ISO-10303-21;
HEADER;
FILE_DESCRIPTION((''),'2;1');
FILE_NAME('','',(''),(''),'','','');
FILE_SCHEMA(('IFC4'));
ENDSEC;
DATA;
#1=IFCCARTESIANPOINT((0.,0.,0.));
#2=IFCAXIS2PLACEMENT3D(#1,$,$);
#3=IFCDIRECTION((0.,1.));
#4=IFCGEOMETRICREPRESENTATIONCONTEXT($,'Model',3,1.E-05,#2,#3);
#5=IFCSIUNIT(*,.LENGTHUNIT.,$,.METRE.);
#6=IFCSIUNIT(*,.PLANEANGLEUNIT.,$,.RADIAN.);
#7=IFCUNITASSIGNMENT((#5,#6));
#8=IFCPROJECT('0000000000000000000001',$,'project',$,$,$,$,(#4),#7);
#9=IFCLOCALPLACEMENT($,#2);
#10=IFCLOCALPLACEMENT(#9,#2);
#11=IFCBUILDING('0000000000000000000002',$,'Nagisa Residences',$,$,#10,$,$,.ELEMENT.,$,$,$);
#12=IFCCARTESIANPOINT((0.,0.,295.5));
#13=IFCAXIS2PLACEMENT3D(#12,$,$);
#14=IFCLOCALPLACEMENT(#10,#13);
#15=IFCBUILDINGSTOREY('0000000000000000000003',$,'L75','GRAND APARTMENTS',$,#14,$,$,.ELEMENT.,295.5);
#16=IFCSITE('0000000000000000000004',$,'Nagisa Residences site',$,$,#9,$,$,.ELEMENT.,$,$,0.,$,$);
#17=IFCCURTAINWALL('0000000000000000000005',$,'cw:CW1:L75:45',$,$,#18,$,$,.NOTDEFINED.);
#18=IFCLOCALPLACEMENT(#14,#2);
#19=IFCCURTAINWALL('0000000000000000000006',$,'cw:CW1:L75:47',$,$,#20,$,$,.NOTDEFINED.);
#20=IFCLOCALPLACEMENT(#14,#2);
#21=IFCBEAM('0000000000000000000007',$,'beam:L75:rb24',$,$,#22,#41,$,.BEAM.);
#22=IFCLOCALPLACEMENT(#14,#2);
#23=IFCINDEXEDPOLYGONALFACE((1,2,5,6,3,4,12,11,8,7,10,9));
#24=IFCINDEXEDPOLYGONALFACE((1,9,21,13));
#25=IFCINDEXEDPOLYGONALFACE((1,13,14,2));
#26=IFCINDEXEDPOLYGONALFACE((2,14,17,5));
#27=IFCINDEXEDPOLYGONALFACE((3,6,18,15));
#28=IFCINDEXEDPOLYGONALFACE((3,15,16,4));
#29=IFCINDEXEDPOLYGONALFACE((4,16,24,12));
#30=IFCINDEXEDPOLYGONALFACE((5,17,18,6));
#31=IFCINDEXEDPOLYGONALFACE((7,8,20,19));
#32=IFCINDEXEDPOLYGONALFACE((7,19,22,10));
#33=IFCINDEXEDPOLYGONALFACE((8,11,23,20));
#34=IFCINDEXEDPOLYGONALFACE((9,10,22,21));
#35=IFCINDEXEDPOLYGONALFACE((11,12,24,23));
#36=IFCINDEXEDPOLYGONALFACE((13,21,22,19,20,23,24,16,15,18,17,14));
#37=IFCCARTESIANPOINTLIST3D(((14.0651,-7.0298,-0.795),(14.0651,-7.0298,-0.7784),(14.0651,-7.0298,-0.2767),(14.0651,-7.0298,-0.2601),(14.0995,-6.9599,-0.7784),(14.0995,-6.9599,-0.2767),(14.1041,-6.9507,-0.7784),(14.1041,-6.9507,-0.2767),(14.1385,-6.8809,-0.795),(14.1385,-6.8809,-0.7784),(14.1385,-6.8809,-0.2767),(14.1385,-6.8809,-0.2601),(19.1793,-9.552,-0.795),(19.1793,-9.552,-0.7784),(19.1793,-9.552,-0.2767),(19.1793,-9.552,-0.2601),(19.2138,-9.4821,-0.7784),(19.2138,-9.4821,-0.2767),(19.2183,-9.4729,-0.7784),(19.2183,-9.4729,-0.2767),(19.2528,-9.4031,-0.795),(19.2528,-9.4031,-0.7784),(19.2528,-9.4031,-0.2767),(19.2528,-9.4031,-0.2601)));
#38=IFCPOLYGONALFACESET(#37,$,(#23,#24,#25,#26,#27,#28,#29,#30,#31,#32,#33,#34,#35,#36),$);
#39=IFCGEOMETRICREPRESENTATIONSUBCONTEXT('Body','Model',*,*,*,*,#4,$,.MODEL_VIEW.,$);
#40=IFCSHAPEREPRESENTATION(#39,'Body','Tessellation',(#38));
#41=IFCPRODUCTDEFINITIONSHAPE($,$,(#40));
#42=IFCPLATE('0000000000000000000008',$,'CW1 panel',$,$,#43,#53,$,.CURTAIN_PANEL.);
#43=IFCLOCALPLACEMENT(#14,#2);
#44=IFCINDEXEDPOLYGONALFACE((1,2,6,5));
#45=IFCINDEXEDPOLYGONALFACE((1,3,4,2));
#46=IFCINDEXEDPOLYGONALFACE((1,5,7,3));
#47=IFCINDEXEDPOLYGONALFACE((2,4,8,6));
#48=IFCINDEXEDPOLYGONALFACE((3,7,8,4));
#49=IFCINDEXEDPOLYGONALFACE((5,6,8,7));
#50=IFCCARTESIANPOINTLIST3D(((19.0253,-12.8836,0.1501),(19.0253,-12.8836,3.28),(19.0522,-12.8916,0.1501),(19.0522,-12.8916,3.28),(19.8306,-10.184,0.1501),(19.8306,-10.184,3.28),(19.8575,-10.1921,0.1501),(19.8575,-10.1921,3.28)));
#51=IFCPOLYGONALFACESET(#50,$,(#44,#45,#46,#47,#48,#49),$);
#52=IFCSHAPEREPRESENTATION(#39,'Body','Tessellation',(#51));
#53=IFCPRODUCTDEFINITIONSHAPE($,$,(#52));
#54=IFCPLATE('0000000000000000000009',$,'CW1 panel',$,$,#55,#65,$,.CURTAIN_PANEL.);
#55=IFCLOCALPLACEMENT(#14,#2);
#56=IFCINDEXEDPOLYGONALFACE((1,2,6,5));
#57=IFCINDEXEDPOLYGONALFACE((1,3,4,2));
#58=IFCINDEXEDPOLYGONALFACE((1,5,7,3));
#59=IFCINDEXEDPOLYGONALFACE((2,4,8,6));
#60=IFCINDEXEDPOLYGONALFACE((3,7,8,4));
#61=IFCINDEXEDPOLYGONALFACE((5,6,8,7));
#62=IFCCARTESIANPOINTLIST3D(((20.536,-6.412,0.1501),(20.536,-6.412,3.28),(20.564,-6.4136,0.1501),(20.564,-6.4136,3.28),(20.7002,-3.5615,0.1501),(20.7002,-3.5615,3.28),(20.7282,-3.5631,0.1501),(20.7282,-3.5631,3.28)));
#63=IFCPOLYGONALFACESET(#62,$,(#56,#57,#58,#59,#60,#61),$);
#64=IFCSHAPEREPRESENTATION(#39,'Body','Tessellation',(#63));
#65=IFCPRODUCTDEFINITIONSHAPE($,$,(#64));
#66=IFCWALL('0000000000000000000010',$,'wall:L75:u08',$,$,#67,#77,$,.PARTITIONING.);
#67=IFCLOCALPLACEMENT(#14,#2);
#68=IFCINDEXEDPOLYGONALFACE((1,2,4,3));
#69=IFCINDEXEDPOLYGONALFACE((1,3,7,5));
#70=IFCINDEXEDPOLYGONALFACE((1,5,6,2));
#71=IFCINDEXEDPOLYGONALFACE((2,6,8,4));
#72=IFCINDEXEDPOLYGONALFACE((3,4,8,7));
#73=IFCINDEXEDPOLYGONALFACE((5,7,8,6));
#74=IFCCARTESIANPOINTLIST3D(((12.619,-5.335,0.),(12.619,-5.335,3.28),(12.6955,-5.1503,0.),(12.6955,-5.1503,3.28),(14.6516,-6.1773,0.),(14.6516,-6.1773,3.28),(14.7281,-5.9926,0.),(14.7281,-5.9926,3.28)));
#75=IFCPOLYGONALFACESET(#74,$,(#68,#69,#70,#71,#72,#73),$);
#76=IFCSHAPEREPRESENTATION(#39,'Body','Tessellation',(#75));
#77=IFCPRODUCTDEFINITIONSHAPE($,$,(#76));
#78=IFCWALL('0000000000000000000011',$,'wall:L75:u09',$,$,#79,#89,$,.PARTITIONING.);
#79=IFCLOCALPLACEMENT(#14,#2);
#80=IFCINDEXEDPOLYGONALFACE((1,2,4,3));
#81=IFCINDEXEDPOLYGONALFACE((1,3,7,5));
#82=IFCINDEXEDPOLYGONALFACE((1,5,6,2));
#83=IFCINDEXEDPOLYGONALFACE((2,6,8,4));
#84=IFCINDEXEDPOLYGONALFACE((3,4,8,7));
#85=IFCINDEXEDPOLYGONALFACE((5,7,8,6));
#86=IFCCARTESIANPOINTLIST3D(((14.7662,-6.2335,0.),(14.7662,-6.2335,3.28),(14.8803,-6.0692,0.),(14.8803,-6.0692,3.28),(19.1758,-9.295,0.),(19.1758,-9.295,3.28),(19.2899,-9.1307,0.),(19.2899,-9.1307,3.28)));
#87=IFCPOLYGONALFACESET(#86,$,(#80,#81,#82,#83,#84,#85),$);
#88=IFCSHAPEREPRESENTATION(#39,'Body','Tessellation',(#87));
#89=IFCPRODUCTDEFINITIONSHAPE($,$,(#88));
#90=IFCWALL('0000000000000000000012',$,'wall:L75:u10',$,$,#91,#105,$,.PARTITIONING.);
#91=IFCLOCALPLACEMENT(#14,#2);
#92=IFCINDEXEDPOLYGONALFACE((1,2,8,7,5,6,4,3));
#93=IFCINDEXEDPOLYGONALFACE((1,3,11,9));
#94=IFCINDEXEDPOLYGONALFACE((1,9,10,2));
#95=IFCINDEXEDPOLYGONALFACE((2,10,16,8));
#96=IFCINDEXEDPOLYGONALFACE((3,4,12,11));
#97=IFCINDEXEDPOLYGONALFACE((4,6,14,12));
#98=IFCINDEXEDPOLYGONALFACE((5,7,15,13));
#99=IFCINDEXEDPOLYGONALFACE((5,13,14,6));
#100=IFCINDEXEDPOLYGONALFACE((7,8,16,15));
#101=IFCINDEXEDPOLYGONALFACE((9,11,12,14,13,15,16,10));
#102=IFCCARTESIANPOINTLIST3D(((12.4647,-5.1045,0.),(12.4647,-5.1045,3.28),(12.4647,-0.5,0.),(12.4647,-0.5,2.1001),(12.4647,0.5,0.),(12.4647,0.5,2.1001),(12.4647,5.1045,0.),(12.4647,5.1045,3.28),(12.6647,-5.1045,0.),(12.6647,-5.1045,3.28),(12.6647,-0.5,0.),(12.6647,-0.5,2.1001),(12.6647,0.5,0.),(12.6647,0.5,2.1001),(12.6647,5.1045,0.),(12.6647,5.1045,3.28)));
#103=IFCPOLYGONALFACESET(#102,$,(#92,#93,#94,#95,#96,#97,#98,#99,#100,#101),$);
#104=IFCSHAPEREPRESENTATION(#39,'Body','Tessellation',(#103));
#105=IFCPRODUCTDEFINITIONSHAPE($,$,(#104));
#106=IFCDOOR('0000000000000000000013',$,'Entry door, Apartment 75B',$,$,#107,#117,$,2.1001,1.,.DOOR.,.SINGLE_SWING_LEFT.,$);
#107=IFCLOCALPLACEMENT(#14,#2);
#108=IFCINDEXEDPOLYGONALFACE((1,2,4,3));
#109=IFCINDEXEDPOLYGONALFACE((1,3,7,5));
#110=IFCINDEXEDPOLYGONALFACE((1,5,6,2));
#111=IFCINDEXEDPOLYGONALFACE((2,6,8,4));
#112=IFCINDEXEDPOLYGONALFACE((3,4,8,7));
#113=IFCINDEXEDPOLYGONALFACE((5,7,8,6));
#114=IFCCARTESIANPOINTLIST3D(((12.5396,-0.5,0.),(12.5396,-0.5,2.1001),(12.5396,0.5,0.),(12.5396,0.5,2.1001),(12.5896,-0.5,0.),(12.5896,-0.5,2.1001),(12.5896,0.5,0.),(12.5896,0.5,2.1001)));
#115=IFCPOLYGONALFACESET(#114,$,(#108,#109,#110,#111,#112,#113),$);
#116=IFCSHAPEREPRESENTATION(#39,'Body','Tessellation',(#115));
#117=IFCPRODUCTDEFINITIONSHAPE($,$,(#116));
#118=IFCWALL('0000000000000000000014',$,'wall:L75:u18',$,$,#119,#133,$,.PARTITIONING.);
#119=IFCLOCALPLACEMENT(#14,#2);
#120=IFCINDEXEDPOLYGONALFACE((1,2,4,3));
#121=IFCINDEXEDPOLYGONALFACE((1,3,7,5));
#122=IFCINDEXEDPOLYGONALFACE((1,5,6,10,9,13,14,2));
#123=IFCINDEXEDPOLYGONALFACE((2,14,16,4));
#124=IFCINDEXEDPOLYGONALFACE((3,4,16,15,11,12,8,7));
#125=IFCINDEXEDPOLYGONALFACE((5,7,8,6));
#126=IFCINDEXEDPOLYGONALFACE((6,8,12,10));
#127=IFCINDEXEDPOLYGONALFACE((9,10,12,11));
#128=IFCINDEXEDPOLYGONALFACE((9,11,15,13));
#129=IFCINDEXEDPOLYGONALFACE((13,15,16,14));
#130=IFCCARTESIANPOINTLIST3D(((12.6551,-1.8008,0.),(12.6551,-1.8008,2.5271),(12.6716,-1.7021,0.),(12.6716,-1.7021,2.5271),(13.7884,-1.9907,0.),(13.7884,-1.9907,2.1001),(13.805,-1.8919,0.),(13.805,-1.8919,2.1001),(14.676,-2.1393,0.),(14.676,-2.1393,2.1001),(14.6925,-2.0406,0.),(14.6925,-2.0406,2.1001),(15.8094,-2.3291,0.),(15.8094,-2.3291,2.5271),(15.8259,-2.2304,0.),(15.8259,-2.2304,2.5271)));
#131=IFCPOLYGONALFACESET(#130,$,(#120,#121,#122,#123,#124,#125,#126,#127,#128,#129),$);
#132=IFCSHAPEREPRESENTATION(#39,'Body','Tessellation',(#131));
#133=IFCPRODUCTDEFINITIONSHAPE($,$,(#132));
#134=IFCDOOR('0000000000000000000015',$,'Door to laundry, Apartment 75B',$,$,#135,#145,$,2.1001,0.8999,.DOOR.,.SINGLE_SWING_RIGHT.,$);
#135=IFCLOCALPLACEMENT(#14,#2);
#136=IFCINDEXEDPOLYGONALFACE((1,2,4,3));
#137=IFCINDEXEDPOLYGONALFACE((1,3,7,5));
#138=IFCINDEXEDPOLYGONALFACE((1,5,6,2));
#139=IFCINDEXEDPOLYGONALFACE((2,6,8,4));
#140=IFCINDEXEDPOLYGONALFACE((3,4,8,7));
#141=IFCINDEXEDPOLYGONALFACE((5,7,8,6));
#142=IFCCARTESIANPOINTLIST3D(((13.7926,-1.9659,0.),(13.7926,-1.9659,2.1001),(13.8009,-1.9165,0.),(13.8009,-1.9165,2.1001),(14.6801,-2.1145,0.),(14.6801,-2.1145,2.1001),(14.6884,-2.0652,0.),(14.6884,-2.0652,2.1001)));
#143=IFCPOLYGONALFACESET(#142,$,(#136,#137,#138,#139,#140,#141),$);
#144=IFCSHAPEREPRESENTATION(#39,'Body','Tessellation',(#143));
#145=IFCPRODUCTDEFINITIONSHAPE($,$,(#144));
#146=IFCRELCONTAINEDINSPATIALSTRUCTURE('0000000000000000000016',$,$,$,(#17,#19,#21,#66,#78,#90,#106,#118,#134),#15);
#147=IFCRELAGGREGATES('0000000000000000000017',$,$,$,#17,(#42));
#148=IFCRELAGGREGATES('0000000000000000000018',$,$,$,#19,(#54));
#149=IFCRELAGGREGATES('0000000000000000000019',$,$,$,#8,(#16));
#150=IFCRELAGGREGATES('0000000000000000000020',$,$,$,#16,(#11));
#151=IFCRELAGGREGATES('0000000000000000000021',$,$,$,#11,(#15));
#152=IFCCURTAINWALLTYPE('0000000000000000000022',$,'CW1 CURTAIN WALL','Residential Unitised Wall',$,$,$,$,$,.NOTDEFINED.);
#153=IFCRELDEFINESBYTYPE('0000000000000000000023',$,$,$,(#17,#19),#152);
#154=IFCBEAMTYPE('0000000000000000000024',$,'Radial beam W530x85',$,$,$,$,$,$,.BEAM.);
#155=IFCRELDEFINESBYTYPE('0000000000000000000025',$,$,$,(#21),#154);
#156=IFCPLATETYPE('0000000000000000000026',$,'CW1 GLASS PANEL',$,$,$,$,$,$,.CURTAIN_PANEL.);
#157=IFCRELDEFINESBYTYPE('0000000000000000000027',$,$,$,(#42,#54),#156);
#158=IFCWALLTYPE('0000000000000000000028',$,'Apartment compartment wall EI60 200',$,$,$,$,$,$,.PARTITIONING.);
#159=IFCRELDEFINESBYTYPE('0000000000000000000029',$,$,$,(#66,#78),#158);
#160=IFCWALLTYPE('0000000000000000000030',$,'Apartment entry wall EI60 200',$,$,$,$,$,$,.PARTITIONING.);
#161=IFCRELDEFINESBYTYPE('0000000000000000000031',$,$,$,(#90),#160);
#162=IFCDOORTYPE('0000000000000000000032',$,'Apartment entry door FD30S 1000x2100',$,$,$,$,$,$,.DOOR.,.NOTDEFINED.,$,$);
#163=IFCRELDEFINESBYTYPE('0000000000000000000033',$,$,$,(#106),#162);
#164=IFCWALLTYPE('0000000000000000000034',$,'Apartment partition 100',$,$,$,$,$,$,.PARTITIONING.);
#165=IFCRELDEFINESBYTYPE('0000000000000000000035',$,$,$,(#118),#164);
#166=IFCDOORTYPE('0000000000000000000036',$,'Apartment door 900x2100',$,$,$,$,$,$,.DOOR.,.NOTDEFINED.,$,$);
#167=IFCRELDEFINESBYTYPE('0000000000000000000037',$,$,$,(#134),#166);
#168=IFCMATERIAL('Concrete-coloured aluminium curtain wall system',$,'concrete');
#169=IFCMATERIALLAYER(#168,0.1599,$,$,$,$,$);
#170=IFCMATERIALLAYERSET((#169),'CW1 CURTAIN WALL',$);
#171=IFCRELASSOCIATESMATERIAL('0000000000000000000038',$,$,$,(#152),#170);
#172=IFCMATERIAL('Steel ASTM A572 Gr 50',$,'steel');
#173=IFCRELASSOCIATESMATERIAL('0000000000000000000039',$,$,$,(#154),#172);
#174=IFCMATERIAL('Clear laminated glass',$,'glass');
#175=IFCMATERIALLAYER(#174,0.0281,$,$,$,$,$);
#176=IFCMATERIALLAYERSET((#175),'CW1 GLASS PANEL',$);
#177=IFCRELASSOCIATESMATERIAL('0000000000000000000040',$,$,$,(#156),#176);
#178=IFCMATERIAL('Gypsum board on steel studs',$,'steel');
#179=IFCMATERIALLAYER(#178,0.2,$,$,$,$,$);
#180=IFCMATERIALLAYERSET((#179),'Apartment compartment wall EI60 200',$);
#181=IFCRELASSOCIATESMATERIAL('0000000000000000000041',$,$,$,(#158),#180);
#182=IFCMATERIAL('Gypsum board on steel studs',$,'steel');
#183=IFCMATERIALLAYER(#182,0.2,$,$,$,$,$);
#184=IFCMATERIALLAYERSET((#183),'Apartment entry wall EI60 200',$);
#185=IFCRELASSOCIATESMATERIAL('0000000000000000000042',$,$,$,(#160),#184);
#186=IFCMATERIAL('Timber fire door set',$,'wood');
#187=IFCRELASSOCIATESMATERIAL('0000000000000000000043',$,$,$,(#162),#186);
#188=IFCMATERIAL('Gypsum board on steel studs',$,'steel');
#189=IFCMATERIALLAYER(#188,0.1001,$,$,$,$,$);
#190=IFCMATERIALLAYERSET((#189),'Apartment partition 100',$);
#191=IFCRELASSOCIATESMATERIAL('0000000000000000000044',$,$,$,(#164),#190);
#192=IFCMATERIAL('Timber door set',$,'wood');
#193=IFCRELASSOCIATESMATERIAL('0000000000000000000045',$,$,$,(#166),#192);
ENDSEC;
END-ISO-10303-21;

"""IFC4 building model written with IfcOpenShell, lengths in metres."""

from ifc_helpers import new_model, si_unit, direction, frame, frame_2d, origin, origin_2d, place, context, subcontext, project, spatial, rectangle, i_section, extrude, material, layer, layer_set, material_profile, profile_set, type_object, element, fill, aggregate, save


model = new_model("IFC4")

# Units and contexts
model_context = context("Model", 3, precision=1e-05, world=origin(), true_north=direction((0.0, 1.0)))
body_context = subcontext(model_context, "Body", "Model", "MODEL_VIEW")
ifc_project = project(units=[si_unit("LENGTHUNIT", "METRE"), si_unit("PLANEANGLEUNIT", "RADIAN")], contexts=[model_context])

# Site, building, storey
site_placement = place(None, origin())
site = spatial("IfcSite", under=ifc_project, at=site_placement, Name="Nagisa Residences site", CompositionType="ELEMENT", RefElevation=0.0)
building_placement = place(site_placement, origin())
building = spatial("IfcBuilding", under=site, at=building_placement, Name="Nagisa Residences", CompositionType="ELEMENT")
storey_placement = place(building_placement, frame((0.0, 0.0, 295.5)))
storey = spatial("IfcBuildingStorey", under=building, at=storey_placement, Name="L75", Description="GRAND APARTMENTS", CompositionType="ELEMENT", Elevation=295.5)

# Curtain wall
ifc_material_1 = material(Name="Concrete-coloured aluminium curtain wall system", Category="concrete")
ifc_layer_1 = layer(ifc_material_1, 0.1599)
ifc_layer_set_1 = layer_set([ifc_layer_1], Name="CW1 CURTAIN WALL")
curtain_wall_type = type_object("IfcCurtainWallType", Name="CW1 CURTAIN WALL", Description="Residential Unitised Wall", PredefinedType="NOTDEFINED", material=ifc_layer_set_1)
curtain_wall_1_placement = place(storey_placement, origin())
curtain_wall_1 = element("IfcCurtainWall", 1, at=curtain_wall_1_placement, inside=storey, type_object=curtain_wall_type, Name="cw:CW1:L75:45", PredefinedType="NOTDEFINED")

# Curtain wall
curtain_wall_2_placement = place(storey_placement, origin())
curtain_wall_2 = element("IfcCurtainWall", 2, at=curtain_wall_2_placement, inside=storey, type_object=curtain_wall_type, Name="cw:CW1:L75:47", PredefinedType="NOTDEFINED")

# Beam
ifc_material_2 = material(Name="Steel ASTM A572 Gr 50", Category="steel")
ifc_material_profile_1 = material_profile(ifc_material_2, i_section(OverallWidth=0.166, OverallDepth=0.5349, WebThickness=0.0103, FlangeThickness=0.0166, at=origin_2d()), Name="W530x85")
ifc_profile_set_1 = profile_set([ifc_material_profile_1], Name="Steel ASTM A572 Gr 50")
beam_type_1 = type_object("IfcBeamType", Name="Radial beam W530x85", PredefinedType="BEAM", material=ifc_profile_set_1)
beam_1_placement = place(storey_placement, frame((19.2161, -9.4775, -0.5276), z_axis=(-0.896863, 0.442309, 0.0), x_axis=(-0.442309, -0.896863, 0.0)))
element("IfcBeam", 3, at=beam_1_placement, inside=storey, type_object=beam_type_1, Name="beam:L75:rb24", PredefinedType="BEAM", context=body_context, shape_type="SweptSolid", body=[
    extrude(i_section(OverallWidth=0.166, OverallDepth=0.5349, WebThickness=0.0103, FlangeThickness=0.0166, at=origin_2d()), origin(), (0.0, 0.0, 1.0), 5.7024),
])

# Plates
ifc_material_3 = material(Name="Clear laminated glass", Category="glass")
ifc_layer_2 = layer(ifc_material_3, 0.0281)
ifc_layer_set_2 = layer_set([ifc_layer_2], Name="CW1 GLASS PANEL")
plate_type = type_object("IfcPlateType", Name="CW1 GLASS PANEL", PredefinedType="CURTAIN_PANEL", material=ifc_layer_set_2)
plate_1_placement = place(storey_placement, frame((19.4414, -11.5378, 0.1501), z_axis=(0.0, 0.0, 1.0), x_axis=(0.28586, 0.958271, 0.0)))
plate_1 = element("IfcPlate", 4, at=plate_1_placement, type_object=plate_type, Name="CW1 panel", PredefinedType="CURTAIN_PANEL", context=body_context, shape_type="SweptSolid", body=[
    extrude(rectangle(XDim=2.8171, YDim=0.0281, at=origin_2d()), origin(), (0.0, 0.0, 1.0), 3.1299),
])
aggregate(curtain_wall_1, [plate_1])
plate_2_placement = place(storey_placement, frame((20.6321, -4.9875, 0.1501), z_axis=(0.0, 0.0, 1.0), x_axis=(0.057503, 0.998345, 0.0)))
plate_2 = element("IfcPlate", 5, at=plate_2_placement, type_object=plate_type, Name="CW1 panel", PredefinedType="CURTAIN_PANEL", context=body_context, shape_type="SweptSolid", body=[
    extrude(rectangle(XDim=2.8552, YDim=0.0281, at=origin_2d()), origin(), (0.0, 0.0, 1.0), 3.1299),
])
aggregate(curtain_wall_2, [plate_2])

# Walls
ifc_material_4 = material(Name="Gypsum board on steel studs", Category="steel")
ifc_layer_3 = layer(ifc_material_4, 0.2)
ifc_layer_set_3 = layer_set([ifc_layer_3], Name="Apartment compartment wall EI60 200")
wall_type_1 = type_object("IfcWallType", Name="Apartment compartment wall EI60 200", PredefinedType="PARTITIONING", material=ifc_layer_set_3)
wall_1_placement = place(storey_placement, frame((12.6572, -5.2427, 0.0), z_axis=(0.0, 0.0, 1.0), x_axis=(0.92383, -0.382803, 0.0)))
element("IfcWall", 6, at=wall_1_placement, inside=storey, type_object=wall_type_1, Name="wall:L75:u08", PredefinedType="PARTITIONING", context=body_context, shape_type="SweptSolid", body=[
    extrude(rectangle(XDim=2.2002, YDim=0.2, at=frame_2d((1.1001, 0.0))), origin(), (0.0, 0.0, 1.0), 3.28),
])
wall_2_placement = place(storey_placement, frame((14.8232, -6.1514, 0.0), z_axis=(0.0, 0.0, 1.0), x_axis=(0.821435, -0.570302, 0.0)))
element("IfcWall", 7, at=wall_2_placement, inside=storey, type_object=wall_type_1, Name="wall:L75:u09", PredefinedType="PARTITIONING", context=body_context, shape_type="SweptSolid", body=[
    extrude(rectangle(XDim=5.3682, YDim=0.2, at=frame_2d((2.6841, 0.0))), origin(), (0.0, 0.0, 1.0), 3.28),
])

# Walls, openings, doors
ifc_material_5 = material(Name="Gypsum board on steel studs", Category="steel")
ifc_layer_4 = layer(ifc_material_5, 0.2)
ifc_layer_set_4 = layer_set([ifc_layer_4], Name="Apartment entry wall EI60 200")
wall_type_2 = type_object("IfcWallType", Name="Apartment entry wall EI60 200", PredefinedType="PARTITIONING", material=ifc_layer_set_4)
wall_3_placement = place(storey_placement, frame((12.5647, -5.1045, 0.0), z_axis=(0.0, 0.0, 1.0), x_axis=(0.0, 1.0, 0.0)))
wall_3 = element("IfcWall", 8, at=wall_3_placement, inside=storey, type_object=wall_type_2, Name="wall:L75:u10", PredefinedType="PARTITIONING", context=body_context, shape_type="SweptSolid", body=[
    extrude(rectangle(XDim=10.209, YDim=0.2, at=frame_2d((5.1045, 0.0))), origin(), (0.0, 0.0, 1.0), 3.28),
])
opening_1_placement = place(wall_3_placement, frame((4.6045, 0.0, 0.0)))
opening_1 = element("IfcOpeningElement", 9, at=opening_1_placement, cuts=wall_3, PredefinedType="OPENING", context=body_context, shape_type="SweptSolid", body=[
    extrude(rectangle(XDim=1.0, YDim=2.1001, at=frame_2d((0.5, 1.05))), frame((0.0, 0.1099, 0.0), z_axis=(0.0, -1.0, 0.0), x_axis=(1.0, 0.0, 0.0)), (0.0, 0.0, 1.0), 0.22),
])
ifc_material_6 = material(Name="Timber fire door set", Category="wood")
door_type_1 = type_object("IfcDoorType", Name="Apartment entry door FD30S 1000x2100", OperationType="NOTDEFINED", PredefinedType="DOOR", material=ifc_material_6)
door_1_placement = place(opening_1_placement, frame((1.0, 0.0, 0.0), x_axis=(-1.0, 0.0, 0.0)))
door_1 = element("IfcDoor", 10, at=door_1_placement, inside=storey, type_object=door_type_1, Name="Entry door, Apartment 75B", OperationType="SINGLE_SWING_LEFT", OverallHeight=2.1001, OverallWidth=1.0, PredefinedType="DOOR", context=body_context, shape_type="SweptSolid", body=[
    extrude(rectangle(XDim=1.0, YDim=2.1001, at=frame_2d((0.5, 1.05))), frame((0.0, 0.0249, 0.0), z_axis=(0.0, -1.0, 0.0), x_axis=(1.0, 0.0, 0.0)), (0.0, 0.0, 1.0), 0.05),
])
fill(opening_1, door_1)
ifc_material_7 = material(Name="Gypsum board on steel studs", Category="steel")
ifc_layer_5 = layer(ifc_material_7, 0.1001)
ifc_layer_set_5 = layer_set([ifc_layer_5], Name="Apartment partition 100")
wall_type_3 = type_object("IfcWallType", Name="Apartment partition 100", PredefinedType="PARTITIONING", material=ifc_layer_set_5)
wall_4_placement = place(storey_placement, frame((12.6633, -1.7515, 0.0), z_axis=(0.0, 0.0, 1.0), x_axis=(0.986262, -0.165191, 0.0)))
wall_4 = element("IfcWall", 11, at=wall_4_placement, inside=storey, type_object=wall_type_3, Name="wall:L75:u18", PredefinedType="PARTITIONING", context=body_context, shape_type="SweptSolid", body=[
    extrude(rectangle(XDim=3.1982, YDim=0.1001, at=frame_2d((1.5991, 0.0))), origin(), (0.0, 0.0, 1.0), 2.5271),
])
opening_2_placement = place(wall_4_placement, frame((1.1492, 0.0, 0.0)))
opening_2 = element("IfcOpeningElement", 12, at=opening_2_placement, cuts=wall_4, PredefinedType="OPENING", context=body_context, shape_type="SweptSolid", body=[
    extrude(rectangle(XDim=0.8999, YDim=2.1001, at=frame_2d((0.45, 1.05))), frame((0.0, 0.0601, 0.0), z_axis=(0.0, -1.0, 0.0), x_axis=(1.0, 0.0, 0.0)), (0.0, 0.0, 1.0), 0.1201),
])
ifc_material_8 = material(Name="Timber door set", Category="wood")
door_type_2 = type_object("IfcDoorType", Name="Apartment door 900x2100", OperationType="NOTDEFINED", PredefinedType="DOOR", material=ifc_material_8)
door_2_placement = place(opening_2_placement, frame((0.8999, 0.0, 0.0), x_axis=(-1.0, 0.0, 0.0)))
door_2 = element("IfcDoor", 13, at=door_2_placement, inside=storey, type_object=door_type_2, Name="Door to laundry, Apartment 75B", OperationType="SINGLE_SWING_RIGHT", OverallHeight=2.1001, OverallWidth=0.8999, PredefinedType="DOOR", context=body_context, shape_type="SweptSolid", body=[
    extrude(rectangle(XDim=0.8999, YDim=2.1001, at=frame_2d((0.45, 1.05))), frame((0.0, 0.0249, 0.0), z_axis=(0.0, -1.0, 0.0), x_axis=(1.0, 0.0, 0.0)), (0.0, 0.0, 1.0), 0.05),
])
fill(opening_2, door_2)

save(model, "model.ifc")
